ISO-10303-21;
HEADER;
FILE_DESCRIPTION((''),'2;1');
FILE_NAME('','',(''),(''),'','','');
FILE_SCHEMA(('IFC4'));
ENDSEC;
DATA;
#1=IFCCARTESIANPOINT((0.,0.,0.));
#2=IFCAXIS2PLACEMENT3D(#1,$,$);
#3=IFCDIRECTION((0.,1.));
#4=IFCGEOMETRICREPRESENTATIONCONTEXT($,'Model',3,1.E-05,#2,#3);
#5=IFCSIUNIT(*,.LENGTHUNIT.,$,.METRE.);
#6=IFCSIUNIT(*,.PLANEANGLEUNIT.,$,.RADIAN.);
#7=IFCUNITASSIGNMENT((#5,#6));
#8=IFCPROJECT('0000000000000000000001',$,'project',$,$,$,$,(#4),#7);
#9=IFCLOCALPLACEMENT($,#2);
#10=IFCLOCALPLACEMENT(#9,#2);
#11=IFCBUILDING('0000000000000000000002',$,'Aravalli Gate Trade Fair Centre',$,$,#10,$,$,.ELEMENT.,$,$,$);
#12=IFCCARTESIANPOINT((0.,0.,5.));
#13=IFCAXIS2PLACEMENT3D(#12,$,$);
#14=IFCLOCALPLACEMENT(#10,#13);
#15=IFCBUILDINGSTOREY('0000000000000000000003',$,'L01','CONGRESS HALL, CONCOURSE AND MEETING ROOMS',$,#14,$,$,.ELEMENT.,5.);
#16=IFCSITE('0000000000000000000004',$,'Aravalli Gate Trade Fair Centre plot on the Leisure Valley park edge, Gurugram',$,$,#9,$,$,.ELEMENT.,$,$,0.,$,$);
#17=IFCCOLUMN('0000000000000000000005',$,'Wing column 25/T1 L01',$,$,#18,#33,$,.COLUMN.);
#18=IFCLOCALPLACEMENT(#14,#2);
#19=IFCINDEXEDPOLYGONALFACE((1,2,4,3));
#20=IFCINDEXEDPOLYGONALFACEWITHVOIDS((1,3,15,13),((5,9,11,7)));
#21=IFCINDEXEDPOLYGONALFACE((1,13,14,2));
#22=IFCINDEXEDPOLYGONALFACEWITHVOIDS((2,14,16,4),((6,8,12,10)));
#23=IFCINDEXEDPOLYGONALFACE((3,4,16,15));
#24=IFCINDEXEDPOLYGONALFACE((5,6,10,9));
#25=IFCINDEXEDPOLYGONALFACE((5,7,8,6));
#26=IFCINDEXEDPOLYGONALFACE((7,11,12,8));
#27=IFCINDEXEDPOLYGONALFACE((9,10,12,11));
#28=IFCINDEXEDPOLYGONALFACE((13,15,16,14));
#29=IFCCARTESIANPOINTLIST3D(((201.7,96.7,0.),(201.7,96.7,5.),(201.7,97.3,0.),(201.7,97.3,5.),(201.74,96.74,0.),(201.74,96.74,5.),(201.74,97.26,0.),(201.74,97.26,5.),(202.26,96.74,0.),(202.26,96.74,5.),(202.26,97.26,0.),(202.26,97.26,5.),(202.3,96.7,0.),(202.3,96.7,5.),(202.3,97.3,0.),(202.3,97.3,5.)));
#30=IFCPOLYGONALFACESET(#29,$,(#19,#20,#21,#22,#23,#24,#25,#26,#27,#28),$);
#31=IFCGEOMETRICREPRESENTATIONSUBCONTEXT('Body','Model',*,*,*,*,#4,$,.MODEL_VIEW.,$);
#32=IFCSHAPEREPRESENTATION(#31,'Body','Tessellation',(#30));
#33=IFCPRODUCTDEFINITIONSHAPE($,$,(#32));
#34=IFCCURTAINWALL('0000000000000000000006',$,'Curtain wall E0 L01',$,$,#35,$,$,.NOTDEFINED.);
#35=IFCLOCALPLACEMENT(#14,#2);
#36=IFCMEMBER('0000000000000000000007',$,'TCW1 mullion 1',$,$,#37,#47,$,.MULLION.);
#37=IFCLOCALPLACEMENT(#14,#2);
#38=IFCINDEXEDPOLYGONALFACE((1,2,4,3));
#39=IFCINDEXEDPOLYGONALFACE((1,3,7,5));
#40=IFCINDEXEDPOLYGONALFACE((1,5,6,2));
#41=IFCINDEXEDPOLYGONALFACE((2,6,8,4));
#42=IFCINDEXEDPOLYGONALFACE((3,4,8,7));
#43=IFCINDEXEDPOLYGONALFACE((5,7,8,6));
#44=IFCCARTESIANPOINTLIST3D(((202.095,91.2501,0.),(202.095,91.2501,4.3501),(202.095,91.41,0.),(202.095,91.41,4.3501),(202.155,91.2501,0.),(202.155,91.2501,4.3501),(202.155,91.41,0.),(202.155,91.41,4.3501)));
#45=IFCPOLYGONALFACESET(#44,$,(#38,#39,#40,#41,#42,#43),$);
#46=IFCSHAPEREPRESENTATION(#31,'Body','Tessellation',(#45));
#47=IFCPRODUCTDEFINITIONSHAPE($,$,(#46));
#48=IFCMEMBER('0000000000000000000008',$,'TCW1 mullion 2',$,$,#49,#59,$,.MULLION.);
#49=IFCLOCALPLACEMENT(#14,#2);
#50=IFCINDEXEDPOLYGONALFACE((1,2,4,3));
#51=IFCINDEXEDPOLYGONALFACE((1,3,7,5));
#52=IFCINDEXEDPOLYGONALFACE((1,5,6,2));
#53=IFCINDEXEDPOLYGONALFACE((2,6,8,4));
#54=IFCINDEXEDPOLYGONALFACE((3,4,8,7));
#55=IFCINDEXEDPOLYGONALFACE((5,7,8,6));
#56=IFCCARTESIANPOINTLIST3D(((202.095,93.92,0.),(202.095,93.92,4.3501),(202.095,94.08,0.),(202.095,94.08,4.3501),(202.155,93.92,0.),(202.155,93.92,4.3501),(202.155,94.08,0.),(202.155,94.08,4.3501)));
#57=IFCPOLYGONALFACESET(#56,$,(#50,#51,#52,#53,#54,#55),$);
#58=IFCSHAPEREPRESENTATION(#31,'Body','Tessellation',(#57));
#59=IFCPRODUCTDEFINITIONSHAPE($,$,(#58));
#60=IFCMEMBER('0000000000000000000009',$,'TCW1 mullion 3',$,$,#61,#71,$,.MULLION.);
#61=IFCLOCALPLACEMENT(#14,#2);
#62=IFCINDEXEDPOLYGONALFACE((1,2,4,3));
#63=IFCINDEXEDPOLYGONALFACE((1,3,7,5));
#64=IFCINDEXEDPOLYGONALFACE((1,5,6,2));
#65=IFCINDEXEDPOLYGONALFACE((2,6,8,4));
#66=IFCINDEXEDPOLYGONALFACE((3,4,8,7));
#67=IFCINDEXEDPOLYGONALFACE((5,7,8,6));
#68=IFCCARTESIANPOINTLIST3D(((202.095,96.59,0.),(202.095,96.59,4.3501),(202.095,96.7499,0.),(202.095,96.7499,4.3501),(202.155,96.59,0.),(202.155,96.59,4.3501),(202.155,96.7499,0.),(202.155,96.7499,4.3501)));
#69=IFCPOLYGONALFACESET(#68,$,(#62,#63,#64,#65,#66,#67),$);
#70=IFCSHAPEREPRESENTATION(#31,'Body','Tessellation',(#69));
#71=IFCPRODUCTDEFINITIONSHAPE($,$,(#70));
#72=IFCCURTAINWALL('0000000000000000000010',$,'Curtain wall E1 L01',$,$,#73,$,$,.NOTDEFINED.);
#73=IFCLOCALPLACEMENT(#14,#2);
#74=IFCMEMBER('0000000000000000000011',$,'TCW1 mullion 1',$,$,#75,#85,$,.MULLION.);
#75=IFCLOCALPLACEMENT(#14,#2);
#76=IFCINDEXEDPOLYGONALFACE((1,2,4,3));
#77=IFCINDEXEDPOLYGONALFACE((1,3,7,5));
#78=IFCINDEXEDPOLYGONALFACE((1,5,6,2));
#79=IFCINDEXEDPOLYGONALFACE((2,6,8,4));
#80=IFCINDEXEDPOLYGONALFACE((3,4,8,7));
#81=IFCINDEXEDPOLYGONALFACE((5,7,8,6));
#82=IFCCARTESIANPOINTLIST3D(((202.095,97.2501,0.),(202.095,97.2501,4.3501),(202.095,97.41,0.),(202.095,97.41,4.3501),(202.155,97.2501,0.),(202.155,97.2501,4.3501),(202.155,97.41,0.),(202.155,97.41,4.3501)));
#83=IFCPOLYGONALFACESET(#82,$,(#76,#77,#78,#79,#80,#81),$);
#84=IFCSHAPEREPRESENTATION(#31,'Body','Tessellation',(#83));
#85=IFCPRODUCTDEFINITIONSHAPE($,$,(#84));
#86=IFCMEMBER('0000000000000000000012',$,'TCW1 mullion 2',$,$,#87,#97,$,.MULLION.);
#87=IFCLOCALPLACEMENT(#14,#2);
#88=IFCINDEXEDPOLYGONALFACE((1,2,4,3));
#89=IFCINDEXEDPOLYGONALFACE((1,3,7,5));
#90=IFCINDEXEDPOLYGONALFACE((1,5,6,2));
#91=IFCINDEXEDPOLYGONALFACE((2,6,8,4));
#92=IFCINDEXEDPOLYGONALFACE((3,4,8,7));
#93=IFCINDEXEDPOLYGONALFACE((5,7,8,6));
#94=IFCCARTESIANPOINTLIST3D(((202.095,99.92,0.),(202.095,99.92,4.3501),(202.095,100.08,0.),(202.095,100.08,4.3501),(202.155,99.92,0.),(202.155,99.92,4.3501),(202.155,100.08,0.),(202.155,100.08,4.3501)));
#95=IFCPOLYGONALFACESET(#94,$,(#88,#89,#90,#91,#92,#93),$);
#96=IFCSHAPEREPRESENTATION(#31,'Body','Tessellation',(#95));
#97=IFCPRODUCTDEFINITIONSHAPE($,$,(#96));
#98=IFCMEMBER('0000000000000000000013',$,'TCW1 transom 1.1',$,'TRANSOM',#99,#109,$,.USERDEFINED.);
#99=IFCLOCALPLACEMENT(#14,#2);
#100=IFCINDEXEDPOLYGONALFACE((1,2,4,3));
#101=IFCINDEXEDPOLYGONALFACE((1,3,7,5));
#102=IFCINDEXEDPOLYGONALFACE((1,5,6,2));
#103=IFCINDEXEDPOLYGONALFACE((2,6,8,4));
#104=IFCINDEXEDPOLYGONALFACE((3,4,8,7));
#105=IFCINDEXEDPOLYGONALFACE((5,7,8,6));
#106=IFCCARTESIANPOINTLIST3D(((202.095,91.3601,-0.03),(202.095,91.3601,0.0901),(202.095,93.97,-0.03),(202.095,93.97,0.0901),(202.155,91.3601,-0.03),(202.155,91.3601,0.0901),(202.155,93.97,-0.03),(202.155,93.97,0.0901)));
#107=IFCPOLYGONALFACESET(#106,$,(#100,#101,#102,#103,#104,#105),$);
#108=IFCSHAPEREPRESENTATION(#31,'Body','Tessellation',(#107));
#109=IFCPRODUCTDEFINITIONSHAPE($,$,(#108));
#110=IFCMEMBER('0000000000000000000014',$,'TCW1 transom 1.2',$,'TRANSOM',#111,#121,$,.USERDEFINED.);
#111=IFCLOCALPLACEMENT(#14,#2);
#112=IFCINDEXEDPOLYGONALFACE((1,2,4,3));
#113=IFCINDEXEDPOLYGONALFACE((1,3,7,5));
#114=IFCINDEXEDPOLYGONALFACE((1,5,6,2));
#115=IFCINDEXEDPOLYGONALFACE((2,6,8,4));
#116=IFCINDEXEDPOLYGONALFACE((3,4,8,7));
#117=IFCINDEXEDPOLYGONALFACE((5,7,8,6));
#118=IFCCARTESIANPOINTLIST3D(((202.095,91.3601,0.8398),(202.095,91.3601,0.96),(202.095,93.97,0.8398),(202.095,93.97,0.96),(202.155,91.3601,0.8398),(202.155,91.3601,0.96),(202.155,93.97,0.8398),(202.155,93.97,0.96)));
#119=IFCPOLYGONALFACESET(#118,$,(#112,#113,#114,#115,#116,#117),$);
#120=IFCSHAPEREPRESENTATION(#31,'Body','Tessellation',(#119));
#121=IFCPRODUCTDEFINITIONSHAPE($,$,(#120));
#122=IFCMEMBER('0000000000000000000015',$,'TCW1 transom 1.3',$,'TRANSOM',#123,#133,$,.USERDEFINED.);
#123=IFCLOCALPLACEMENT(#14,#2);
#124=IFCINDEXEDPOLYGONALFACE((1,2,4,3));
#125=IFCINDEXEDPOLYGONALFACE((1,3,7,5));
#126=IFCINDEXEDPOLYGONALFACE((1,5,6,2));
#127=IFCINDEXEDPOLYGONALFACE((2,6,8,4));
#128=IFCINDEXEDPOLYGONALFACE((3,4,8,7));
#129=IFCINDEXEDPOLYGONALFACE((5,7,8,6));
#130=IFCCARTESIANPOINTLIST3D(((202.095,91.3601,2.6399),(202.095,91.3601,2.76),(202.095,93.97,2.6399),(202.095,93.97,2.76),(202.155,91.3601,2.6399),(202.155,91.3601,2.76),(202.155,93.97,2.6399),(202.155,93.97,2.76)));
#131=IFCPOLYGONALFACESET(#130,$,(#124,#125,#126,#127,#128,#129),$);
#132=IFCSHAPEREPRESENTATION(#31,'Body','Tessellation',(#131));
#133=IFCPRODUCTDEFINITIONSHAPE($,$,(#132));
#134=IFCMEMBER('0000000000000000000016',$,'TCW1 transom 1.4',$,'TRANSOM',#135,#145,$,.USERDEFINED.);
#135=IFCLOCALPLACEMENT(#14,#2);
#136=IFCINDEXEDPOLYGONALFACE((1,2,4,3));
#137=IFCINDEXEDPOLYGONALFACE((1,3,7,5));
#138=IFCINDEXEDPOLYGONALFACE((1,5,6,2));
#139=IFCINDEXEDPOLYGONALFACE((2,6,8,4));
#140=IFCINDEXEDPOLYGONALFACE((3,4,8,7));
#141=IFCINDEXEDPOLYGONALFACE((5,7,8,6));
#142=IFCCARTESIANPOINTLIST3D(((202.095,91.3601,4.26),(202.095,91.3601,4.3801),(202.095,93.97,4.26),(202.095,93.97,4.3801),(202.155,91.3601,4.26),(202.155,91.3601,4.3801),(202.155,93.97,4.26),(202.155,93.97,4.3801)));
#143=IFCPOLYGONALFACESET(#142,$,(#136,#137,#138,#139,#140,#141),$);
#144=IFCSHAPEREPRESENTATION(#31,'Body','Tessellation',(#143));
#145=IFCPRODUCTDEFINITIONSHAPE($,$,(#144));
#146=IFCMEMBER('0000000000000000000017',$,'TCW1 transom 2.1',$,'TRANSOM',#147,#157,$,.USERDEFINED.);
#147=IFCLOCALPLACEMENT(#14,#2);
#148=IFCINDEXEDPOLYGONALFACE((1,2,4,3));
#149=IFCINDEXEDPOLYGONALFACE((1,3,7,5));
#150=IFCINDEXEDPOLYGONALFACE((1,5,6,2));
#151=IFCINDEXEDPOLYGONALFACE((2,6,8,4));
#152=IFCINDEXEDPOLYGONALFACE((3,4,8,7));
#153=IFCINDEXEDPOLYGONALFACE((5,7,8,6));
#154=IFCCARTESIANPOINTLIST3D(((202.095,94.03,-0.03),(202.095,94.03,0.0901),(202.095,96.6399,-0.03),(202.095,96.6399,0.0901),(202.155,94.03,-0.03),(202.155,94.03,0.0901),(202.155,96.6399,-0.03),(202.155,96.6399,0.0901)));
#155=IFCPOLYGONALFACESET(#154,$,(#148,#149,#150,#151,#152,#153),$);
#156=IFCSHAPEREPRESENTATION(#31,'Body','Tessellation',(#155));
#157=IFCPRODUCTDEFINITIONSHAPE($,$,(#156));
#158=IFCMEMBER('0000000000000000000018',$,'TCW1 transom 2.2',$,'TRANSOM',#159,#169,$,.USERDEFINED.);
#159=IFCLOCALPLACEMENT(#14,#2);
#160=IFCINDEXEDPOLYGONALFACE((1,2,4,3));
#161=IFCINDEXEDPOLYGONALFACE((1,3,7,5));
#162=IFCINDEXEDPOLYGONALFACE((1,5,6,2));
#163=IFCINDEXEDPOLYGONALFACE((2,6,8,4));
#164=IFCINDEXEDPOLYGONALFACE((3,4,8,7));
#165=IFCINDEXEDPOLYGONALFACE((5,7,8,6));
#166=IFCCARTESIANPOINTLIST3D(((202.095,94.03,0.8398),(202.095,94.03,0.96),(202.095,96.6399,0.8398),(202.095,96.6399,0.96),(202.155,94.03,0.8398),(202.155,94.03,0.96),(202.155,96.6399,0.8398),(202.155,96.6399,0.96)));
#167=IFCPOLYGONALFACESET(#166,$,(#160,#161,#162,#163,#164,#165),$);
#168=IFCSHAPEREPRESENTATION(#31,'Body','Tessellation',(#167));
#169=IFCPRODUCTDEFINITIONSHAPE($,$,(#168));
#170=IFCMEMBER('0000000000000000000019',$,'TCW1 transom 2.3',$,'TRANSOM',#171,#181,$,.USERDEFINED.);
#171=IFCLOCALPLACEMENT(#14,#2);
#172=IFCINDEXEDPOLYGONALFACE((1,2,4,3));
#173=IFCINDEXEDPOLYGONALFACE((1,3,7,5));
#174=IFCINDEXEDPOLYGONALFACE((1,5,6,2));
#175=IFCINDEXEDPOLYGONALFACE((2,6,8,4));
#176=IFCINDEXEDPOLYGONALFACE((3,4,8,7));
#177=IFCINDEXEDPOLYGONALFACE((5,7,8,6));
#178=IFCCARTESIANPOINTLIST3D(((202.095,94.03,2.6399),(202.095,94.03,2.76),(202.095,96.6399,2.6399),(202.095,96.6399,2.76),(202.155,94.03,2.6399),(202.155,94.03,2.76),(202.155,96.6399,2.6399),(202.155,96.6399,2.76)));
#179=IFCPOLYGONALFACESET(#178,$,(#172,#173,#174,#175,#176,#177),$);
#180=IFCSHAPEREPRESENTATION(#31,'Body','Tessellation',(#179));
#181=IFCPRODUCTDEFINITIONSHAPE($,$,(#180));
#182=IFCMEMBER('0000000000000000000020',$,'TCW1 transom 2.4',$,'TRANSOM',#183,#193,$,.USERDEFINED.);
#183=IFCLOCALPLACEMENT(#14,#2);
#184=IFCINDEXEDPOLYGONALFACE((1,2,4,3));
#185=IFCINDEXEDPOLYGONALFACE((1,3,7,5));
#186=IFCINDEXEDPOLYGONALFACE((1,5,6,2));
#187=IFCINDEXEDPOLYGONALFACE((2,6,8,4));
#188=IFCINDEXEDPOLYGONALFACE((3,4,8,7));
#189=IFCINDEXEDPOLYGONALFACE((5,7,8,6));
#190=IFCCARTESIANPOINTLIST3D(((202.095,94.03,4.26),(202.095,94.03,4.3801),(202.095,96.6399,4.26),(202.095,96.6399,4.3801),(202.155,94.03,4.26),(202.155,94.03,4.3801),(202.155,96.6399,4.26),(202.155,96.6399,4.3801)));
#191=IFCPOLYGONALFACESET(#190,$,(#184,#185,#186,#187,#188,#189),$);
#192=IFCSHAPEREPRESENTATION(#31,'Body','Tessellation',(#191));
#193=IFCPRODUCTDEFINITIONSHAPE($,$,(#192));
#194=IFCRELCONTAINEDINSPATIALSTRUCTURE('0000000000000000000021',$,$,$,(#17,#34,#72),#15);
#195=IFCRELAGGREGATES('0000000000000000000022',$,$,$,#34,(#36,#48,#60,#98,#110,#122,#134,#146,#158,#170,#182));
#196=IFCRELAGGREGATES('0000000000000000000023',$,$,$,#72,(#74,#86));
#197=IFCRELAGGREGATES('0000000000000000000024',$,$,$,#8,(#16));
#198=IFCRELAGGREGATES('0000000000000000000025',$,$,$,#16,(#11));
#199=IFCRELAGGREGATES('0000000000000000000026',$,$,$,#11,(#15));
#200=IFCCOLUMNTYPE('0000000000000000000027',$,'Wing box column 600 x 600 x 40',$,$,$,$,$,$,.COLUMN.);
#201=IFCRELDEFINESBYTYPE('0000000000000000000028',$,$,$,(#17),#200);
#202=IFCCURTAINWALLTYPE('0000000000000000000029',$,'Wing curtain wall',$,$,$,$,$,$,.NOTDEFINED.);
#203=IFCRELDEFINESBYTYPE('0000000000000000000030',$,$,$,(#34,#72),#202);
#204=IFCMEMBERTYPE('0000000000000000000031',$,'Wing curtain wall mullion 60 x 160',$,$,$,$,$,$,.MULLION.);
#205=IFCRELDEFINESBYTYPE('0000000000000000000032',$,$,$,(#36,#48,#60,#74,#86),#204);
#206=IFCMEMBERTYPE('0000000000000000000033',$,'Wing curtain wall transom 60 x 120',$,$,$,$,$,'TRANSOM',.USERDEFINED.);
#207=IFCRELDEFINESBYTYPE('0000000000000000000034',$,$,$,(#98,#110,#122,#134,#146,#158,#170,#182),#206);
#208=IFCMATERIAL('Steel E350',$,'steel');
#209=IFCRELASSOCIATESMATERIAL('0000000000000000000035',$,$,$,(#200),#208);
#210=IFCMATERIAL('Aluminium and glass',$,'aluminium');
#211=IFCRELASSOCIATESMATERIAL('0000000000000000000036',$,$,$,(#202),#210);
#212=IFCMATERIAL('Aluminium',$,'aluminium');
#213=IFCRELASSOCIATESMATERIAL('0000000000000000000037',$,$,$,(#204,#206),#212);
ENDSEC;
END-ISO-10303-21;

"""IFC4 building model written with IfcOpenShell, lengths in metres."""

from ifc_helpers import new_model, si_unit, direction, frame, origin, origin_2d, place, context, subcontext, project, spatial, rectangle, hollow_rectangle, extrude, material, material_profile, profile_set, type_object, element, aggregate, save


model = new_model("IFC4")

# Units and contexts
model_context = context("Model", 3, precision=1e-05, world=origin(), true_north=direction((0.0, 1.0)))
body_context = subcontext(model_context, "Body", "Model", "MODEL_VIEW")
ifc_project = project(units=[si_unit("LENGTHUNIT", "METRE"), si_unit("PLANEANGLEUNIT", "RADIAN")], contexts=[model_context])

# Site, building, storey
site_placement = place(None, origin())
site = spatial("IfcSite", under=ifc_project, at=site_placement, Name="Aravalli Gate Trade Fair Centre plot on the Leisure Valley park edge, Gurugram", CompositionType="ELEMENT", RefElevation=0.0)
building_placement = place(site_placement, origin())
building = spatial("IfcBuilding", under=site, at=building_placement, Name="Aravalli Gate Trade Fair Centre", CompositionType="ELEMENT")
storey_placement = place(building_placement, frame((0.0, 0.0, 5.0)))
storey = spatial("IfcBuildingStorey", under=building, at=storey_placement, Name="L01", Description="CONGRESS HALL, CONCOURSE AND MEETING ROOMS", CompositionType="ELEMENT", Elevation=5.0)

# Column
ifc_material_1 = material(Name="Steel E350", Category="steel")
ifc_material_profile_1 = material_profile(ifc_material_1, hollow_rectangle(XDim=0.6001, YDim=0.6001, WallThickness=0.04, at=origin_2d()), Name="BOX 600x600x40")
ifc_profile_set_1 = profile_set([ifc_material_profile_1], Name="Steel E350")
column_type = type_object("IfcColumnType", Name="Wing box column 600 x 600 x 40", PredefinedType="COLUMN", material=ifc_profile_set_1)
column_placement = place(storey_placement, frame((202.0, 97.0, 0.0), z_axis=(0.0, 0.0, 1.0), x_axis=(1.0, 0.0, 0.0)))
element("IfcColumn", 1, at=column_placement, inside=storey, type_object=column_type, Name="Wing column 25/T1 L01", PredefinedType="COLUMN", context=body_context, shape_type="SweptSolid", body=[
    extrude(hollow_rectangle(XDim=0.6001, YDim=0.6001, WallThickness=0.04, at=origin_2d()), origin(), (0.0, 0.0, 1.0), 5.0),
])

# Curtain walls, members
ifc_material_2 = material(Name="Aluminium and glass", Category="aluminium")
curtain_wall_type = type_object("IfcCurtainWallType", Name="Wing curtain wall", PredefinedType="NOTDEFINED", material=ifc_material_2)
curtain_wall_1_placement = place(storey_placement, origin())
curtain_wall_1 = element("IfcCurtainWall", 2, at=curtain_wall_1_placement, inside=storey, type_object=curtain_wall_type, Name="Curtain wall E0 L01", PredefinedType="NOTDEFINED")
ifc_material_3 = material(Name="Aluminium", Category="aluminium")
ifc_material_profile_2 = material_profile(ifc_material_3, rectangle(XDim=0.0601, YDim=0.1599, at=origin_2d()), Name="Wing curtain wall mullion 60 x 160")
ifc_profile_set_2 = profile_set([ifc_material_profile_2], Name="Aluminium")
member_type_1 = type_object("IfcMemberType", Name="Wing curtain wall mullion 60 x 160", PredefinedType="MULLION", material=ifc_profile_set_2)
member_1_placement = place(storey_placement, frame((202.125, 91.3301, 0.0), z_axis=(0.0, 0.0, 1.0), x_axis=(-1.0, 0.0, 0.0)))
member_1 = element("IfcMember", 3, at=member_1_placement, type_object=member_type_1, Name="TCW1 mullion 1", PredefinedType="MULLION", context=body_context, shape_type="SweptSolid", body=[
    extrude(rectangle(XDim=0.0601, YDim=0.1599, at=origin_2d()), origin(), (0.0, 0.0, 1.0), 4.3501),
])
member_2_placement = place(storey_placement, frame((202.125, 94.0, 0.0), z_axis=(0.0, 0.0, 1.0), x_axis=(-1.0, 0.0, 0.0)))
member_2 = element("IfcMember", 4, at=member_2_placement, type_object=member_type_1, Name="TCW1 mullion 2", PredefinedType="MULLION", context=body_context, shape_type="SweptSolid", body=[
    extrude(rectangle(XDim=0.0601, YDim=0.1599, at=origin_2d()), origin(), (0.0, 0.0, 1.0), 4.3501),
])
member_3_placement = place(storey_placement, frame((202.125, 96.6699, 0.0), z_axis=(0.0, 0.0, 1.0), x_axis=(-1.0, 0.0, 0.0)))
member_3 = element("IfcMember", 5, at=member_3_placement, type_object=member_type_1, Name="TCW1 mullion 3", PredefinedType="MULLION", context=body_context, shape_type="SweptSolid", body=[
    extrude(rectangle(XDim=0.0601, YDim=0.1599, at=origin_2d()), origin(), (0.0, 0.0, 1.0), 4.3501),
])
curtain_wall_2_placement = place(storey_placement, origin())
curtain_wall_2 = element("IfcCurtainWall", 6, at=curtain_wall_2_placement, inside=storey, type_object=curtain_wall_type, Name="Curtain wall E1 L01", PredefinedType="NOTDEFINED")
member_4_placement = place(storey_placement, frame((202.125, 97.3301, 0.0), z_axis=(0.0, 0.0, 1.0), x_axis=(-1.0, 0.0, 0.0)))
member_4 = element("IfcMember", 7, at=member_4_placement, type_object=member_type_1, Name="TCW1 mullion 1", PredefinedType="MULLION", context=body_context, shape_type="SweptSolid", body=[
    extrude(rectangle(XDim=0.0601, YDim=0.1599, at=origin_2d()), origin(), (0.0, 0.0, 1.0), 4.3501),
])
member_5_placement = place(storey_placement, frame((202.125, 100.0, 0.0), z_axis=(0.0, 0.0, 1.0), x_axis=(-1.0, 0.0, 0.0)))
member_5 = element("IfcMember", 8, at=member_5_placement, type_object=member_type_1, Name="TCW1 mullion 2", PredefinedType="MULLION", context=body_context, shape_type="SweptSolid", body=[
    extrude(rectangle(XDim=0.0601, YDim=0.1599, at=origin_2d()), origin(), (0.0, 0.0, 1.0), 4.3501),
])

# Members
ifc_material_profile_3 = material_profile(ifc_material_3, rectangle(XDim=0.0601, YDim=0.1201, at=origin_2d()), Name="Wing curtain wall transom 60 x 120")
ifc_profile_set_3 = profile_set([ifc_material_profile_3], Name="Aluminium")
member_type_2 = type_object("IfcMemberType", Name="Wing curtain wall transom 60 x 120", ElementType="TRANSOM", PredefinedType="USERDEFINED", material=ifc_profile_set_3)
member_6_placement = place(storey_placement, frame((202.125, 91.3601, 0.03), z_axis=(0.0, 1.0, 0.0), x_axis=(-1.0, 0.0, 0.0)))
member_6 = element("IfcMember", 9, at=member_6_placement, type_object=member_type_2, Name="TCW1 transom 1.1", ObjectType="TRANSOM", PredefinedType="USERDEFINED", context=body_context, shape_type="SweptSolid", body=[
    extrude(rectangle(XDim=0.0601, YDim=0.1201, at=origin_2d()), origin(), (0.0, 0.0, 1.0), 2.6099),
])
member_7_placement = place(storey_placement, frame((202.125, 91.3601, 0.8999), z_axis=(0.0, 1.0, 0.0), x_axis=(-1.0, 0.0, 0.0)))
member_7 = element("IfcMember", 10, at=member_7_placement, type_object=member_type_2, Name="TCW1 transom 1.2", ObjectType="TRANSOM", PredefinedType="USERDEFINED", context=body_context, shape_type="SweptSolid", body=[
    extrude(rectangle(XDim=0.0601, YDim=0.1201, at=origin_2d()), origin(), (0.0, 0.0, 1.0), 2.6099),
])
member_8_placement = place(storey_placement, frame((202.125, 91.3601, 2.7), z_axis=(0.0, 1.0, 0.0), x_axis=(-1.0, 0.0, 0.0)))
member_8 = element("IfcMember", 11, at=member_8_placement, type_object=member_type_2, Name="TCW1 transom 1.3", ObjectType="TRANSOM", PredefinedType="USERDEFINED", context=body_context, shape_type="SweptSolid", body=[
    extrude(rectangle(XDim=0.0601, YDim=0.1201, at=origin_2d()), origin(), (0.0, 0.0, 1.0), 2.6099),
])
member_9_placement = place(storey_placement, frame((202.125, 91.3601, 4.3201), z_axis=(0.0, 1.0, 0.0), x_axis=(-1.0, 0.0, 0.0)))
member_9 = element("IfcMember", 12, at=member_9_placement, type_object=member_type_2, Name="TCW1 transom 1.4", ObjectType="TRANSOM", PredefinedType="USERDEFINED", context=body_context, shape_type="SweptSolid", body=[
    extrude(rectangle(XDim=0.0601, YDim=0.1201, at=origin_2d()), origin(), (0.0, 0.0, 1.0), 2.6099),
])
member_10_placement = place(storey_placement, frame((202.125, 94.03, 0.03), z_axis=(0.0, 1.0, 0.0), x_axis=(-1.0, 0.0, 0.0)))
member_10 = element("IfcMember", 13, at=member_10_placement, type_object=member_type_2, Name="TCW1 transom 2.1", ObjectType="TRANSOM", PredefinedType="USERDEFINED", context=body_context, shape_type="SweptSolid", body=[
    extrude(rectangle(XDim=0.0601, YDim=0.1201, at=origin_2d()), origin(), (0.0, 0.0, 1.0), 2.6099),
])
member_11_placement = place(storey_placement, frame((202.125, 94.03, 0.8999), z_axis=(0.0, 1.0, 0.0), x_axis=(-1.0, 0.0, 0.0)))
member_11 = element("IfcMember", 14, at=member_11_placement, type_object=member_type_2, Name="TCW1 transom 2.2", ObjectType="TRANSOM", PredefinedType="USERDEFINED", context=body_context, shape_type="SweptSolid", body=[
    extrude(rectangle(XDim=0.0601, YDim=0.1201, at=origin_2d()), origin(), (0.0, 0.0, 1.0), 2.6099),
])
member_12_placement = place(storey_placement, frame((202.125, 94.03, 2.7), z_axis=(0.0, 1.0, 0.0), x_axis=(-1.0, 0.0, 0.0)))
member_12 = element("IfcMember", 15, at=member_12_placement, type_object=member_type_2, Name="TCW1 transom 2.3", ObjectType="TRANSOM", PredefinedType="USERDEFINED", context=body_context, shape_type="SweptSolid", body=[
    extrude(rectangle(XDim=0.0601, YDim=0.1201, at=origin_2d()), origin(), (0.0, 0.0, 1.0), 2.6099),
])
member_13_placement = place(storey_placement, frame((202.125, 94.03, 4.3201), z_axis=(0.0, 1.0, 0.0), x_axis=(-1.0, 0.0, 0.0)))
member_13 = element("IfcMember", 16, at=member_13_placement, type_object=member_type_2, Name="TCW1 transom 2.4", ObjectType="TRANSOM", PredefinedType="USERDEFINED", context=body_context, shape_type="SweptSolid", body=[
    extrude(rectangle(XDim=0.0601, YDim=0.1201, at=origin_2d()), origin(), (0.0, 0.0, 1.0), 2.6099),
])

aggregate(curtain_wall_1, [member_1, member_2, member_3, member_6, member_7, member_8, member_9, member_10, member_11, member_12, member_13])
aggregate(curtain_wall_2, [member_4, member_5])

save(model, "model.ifc")
